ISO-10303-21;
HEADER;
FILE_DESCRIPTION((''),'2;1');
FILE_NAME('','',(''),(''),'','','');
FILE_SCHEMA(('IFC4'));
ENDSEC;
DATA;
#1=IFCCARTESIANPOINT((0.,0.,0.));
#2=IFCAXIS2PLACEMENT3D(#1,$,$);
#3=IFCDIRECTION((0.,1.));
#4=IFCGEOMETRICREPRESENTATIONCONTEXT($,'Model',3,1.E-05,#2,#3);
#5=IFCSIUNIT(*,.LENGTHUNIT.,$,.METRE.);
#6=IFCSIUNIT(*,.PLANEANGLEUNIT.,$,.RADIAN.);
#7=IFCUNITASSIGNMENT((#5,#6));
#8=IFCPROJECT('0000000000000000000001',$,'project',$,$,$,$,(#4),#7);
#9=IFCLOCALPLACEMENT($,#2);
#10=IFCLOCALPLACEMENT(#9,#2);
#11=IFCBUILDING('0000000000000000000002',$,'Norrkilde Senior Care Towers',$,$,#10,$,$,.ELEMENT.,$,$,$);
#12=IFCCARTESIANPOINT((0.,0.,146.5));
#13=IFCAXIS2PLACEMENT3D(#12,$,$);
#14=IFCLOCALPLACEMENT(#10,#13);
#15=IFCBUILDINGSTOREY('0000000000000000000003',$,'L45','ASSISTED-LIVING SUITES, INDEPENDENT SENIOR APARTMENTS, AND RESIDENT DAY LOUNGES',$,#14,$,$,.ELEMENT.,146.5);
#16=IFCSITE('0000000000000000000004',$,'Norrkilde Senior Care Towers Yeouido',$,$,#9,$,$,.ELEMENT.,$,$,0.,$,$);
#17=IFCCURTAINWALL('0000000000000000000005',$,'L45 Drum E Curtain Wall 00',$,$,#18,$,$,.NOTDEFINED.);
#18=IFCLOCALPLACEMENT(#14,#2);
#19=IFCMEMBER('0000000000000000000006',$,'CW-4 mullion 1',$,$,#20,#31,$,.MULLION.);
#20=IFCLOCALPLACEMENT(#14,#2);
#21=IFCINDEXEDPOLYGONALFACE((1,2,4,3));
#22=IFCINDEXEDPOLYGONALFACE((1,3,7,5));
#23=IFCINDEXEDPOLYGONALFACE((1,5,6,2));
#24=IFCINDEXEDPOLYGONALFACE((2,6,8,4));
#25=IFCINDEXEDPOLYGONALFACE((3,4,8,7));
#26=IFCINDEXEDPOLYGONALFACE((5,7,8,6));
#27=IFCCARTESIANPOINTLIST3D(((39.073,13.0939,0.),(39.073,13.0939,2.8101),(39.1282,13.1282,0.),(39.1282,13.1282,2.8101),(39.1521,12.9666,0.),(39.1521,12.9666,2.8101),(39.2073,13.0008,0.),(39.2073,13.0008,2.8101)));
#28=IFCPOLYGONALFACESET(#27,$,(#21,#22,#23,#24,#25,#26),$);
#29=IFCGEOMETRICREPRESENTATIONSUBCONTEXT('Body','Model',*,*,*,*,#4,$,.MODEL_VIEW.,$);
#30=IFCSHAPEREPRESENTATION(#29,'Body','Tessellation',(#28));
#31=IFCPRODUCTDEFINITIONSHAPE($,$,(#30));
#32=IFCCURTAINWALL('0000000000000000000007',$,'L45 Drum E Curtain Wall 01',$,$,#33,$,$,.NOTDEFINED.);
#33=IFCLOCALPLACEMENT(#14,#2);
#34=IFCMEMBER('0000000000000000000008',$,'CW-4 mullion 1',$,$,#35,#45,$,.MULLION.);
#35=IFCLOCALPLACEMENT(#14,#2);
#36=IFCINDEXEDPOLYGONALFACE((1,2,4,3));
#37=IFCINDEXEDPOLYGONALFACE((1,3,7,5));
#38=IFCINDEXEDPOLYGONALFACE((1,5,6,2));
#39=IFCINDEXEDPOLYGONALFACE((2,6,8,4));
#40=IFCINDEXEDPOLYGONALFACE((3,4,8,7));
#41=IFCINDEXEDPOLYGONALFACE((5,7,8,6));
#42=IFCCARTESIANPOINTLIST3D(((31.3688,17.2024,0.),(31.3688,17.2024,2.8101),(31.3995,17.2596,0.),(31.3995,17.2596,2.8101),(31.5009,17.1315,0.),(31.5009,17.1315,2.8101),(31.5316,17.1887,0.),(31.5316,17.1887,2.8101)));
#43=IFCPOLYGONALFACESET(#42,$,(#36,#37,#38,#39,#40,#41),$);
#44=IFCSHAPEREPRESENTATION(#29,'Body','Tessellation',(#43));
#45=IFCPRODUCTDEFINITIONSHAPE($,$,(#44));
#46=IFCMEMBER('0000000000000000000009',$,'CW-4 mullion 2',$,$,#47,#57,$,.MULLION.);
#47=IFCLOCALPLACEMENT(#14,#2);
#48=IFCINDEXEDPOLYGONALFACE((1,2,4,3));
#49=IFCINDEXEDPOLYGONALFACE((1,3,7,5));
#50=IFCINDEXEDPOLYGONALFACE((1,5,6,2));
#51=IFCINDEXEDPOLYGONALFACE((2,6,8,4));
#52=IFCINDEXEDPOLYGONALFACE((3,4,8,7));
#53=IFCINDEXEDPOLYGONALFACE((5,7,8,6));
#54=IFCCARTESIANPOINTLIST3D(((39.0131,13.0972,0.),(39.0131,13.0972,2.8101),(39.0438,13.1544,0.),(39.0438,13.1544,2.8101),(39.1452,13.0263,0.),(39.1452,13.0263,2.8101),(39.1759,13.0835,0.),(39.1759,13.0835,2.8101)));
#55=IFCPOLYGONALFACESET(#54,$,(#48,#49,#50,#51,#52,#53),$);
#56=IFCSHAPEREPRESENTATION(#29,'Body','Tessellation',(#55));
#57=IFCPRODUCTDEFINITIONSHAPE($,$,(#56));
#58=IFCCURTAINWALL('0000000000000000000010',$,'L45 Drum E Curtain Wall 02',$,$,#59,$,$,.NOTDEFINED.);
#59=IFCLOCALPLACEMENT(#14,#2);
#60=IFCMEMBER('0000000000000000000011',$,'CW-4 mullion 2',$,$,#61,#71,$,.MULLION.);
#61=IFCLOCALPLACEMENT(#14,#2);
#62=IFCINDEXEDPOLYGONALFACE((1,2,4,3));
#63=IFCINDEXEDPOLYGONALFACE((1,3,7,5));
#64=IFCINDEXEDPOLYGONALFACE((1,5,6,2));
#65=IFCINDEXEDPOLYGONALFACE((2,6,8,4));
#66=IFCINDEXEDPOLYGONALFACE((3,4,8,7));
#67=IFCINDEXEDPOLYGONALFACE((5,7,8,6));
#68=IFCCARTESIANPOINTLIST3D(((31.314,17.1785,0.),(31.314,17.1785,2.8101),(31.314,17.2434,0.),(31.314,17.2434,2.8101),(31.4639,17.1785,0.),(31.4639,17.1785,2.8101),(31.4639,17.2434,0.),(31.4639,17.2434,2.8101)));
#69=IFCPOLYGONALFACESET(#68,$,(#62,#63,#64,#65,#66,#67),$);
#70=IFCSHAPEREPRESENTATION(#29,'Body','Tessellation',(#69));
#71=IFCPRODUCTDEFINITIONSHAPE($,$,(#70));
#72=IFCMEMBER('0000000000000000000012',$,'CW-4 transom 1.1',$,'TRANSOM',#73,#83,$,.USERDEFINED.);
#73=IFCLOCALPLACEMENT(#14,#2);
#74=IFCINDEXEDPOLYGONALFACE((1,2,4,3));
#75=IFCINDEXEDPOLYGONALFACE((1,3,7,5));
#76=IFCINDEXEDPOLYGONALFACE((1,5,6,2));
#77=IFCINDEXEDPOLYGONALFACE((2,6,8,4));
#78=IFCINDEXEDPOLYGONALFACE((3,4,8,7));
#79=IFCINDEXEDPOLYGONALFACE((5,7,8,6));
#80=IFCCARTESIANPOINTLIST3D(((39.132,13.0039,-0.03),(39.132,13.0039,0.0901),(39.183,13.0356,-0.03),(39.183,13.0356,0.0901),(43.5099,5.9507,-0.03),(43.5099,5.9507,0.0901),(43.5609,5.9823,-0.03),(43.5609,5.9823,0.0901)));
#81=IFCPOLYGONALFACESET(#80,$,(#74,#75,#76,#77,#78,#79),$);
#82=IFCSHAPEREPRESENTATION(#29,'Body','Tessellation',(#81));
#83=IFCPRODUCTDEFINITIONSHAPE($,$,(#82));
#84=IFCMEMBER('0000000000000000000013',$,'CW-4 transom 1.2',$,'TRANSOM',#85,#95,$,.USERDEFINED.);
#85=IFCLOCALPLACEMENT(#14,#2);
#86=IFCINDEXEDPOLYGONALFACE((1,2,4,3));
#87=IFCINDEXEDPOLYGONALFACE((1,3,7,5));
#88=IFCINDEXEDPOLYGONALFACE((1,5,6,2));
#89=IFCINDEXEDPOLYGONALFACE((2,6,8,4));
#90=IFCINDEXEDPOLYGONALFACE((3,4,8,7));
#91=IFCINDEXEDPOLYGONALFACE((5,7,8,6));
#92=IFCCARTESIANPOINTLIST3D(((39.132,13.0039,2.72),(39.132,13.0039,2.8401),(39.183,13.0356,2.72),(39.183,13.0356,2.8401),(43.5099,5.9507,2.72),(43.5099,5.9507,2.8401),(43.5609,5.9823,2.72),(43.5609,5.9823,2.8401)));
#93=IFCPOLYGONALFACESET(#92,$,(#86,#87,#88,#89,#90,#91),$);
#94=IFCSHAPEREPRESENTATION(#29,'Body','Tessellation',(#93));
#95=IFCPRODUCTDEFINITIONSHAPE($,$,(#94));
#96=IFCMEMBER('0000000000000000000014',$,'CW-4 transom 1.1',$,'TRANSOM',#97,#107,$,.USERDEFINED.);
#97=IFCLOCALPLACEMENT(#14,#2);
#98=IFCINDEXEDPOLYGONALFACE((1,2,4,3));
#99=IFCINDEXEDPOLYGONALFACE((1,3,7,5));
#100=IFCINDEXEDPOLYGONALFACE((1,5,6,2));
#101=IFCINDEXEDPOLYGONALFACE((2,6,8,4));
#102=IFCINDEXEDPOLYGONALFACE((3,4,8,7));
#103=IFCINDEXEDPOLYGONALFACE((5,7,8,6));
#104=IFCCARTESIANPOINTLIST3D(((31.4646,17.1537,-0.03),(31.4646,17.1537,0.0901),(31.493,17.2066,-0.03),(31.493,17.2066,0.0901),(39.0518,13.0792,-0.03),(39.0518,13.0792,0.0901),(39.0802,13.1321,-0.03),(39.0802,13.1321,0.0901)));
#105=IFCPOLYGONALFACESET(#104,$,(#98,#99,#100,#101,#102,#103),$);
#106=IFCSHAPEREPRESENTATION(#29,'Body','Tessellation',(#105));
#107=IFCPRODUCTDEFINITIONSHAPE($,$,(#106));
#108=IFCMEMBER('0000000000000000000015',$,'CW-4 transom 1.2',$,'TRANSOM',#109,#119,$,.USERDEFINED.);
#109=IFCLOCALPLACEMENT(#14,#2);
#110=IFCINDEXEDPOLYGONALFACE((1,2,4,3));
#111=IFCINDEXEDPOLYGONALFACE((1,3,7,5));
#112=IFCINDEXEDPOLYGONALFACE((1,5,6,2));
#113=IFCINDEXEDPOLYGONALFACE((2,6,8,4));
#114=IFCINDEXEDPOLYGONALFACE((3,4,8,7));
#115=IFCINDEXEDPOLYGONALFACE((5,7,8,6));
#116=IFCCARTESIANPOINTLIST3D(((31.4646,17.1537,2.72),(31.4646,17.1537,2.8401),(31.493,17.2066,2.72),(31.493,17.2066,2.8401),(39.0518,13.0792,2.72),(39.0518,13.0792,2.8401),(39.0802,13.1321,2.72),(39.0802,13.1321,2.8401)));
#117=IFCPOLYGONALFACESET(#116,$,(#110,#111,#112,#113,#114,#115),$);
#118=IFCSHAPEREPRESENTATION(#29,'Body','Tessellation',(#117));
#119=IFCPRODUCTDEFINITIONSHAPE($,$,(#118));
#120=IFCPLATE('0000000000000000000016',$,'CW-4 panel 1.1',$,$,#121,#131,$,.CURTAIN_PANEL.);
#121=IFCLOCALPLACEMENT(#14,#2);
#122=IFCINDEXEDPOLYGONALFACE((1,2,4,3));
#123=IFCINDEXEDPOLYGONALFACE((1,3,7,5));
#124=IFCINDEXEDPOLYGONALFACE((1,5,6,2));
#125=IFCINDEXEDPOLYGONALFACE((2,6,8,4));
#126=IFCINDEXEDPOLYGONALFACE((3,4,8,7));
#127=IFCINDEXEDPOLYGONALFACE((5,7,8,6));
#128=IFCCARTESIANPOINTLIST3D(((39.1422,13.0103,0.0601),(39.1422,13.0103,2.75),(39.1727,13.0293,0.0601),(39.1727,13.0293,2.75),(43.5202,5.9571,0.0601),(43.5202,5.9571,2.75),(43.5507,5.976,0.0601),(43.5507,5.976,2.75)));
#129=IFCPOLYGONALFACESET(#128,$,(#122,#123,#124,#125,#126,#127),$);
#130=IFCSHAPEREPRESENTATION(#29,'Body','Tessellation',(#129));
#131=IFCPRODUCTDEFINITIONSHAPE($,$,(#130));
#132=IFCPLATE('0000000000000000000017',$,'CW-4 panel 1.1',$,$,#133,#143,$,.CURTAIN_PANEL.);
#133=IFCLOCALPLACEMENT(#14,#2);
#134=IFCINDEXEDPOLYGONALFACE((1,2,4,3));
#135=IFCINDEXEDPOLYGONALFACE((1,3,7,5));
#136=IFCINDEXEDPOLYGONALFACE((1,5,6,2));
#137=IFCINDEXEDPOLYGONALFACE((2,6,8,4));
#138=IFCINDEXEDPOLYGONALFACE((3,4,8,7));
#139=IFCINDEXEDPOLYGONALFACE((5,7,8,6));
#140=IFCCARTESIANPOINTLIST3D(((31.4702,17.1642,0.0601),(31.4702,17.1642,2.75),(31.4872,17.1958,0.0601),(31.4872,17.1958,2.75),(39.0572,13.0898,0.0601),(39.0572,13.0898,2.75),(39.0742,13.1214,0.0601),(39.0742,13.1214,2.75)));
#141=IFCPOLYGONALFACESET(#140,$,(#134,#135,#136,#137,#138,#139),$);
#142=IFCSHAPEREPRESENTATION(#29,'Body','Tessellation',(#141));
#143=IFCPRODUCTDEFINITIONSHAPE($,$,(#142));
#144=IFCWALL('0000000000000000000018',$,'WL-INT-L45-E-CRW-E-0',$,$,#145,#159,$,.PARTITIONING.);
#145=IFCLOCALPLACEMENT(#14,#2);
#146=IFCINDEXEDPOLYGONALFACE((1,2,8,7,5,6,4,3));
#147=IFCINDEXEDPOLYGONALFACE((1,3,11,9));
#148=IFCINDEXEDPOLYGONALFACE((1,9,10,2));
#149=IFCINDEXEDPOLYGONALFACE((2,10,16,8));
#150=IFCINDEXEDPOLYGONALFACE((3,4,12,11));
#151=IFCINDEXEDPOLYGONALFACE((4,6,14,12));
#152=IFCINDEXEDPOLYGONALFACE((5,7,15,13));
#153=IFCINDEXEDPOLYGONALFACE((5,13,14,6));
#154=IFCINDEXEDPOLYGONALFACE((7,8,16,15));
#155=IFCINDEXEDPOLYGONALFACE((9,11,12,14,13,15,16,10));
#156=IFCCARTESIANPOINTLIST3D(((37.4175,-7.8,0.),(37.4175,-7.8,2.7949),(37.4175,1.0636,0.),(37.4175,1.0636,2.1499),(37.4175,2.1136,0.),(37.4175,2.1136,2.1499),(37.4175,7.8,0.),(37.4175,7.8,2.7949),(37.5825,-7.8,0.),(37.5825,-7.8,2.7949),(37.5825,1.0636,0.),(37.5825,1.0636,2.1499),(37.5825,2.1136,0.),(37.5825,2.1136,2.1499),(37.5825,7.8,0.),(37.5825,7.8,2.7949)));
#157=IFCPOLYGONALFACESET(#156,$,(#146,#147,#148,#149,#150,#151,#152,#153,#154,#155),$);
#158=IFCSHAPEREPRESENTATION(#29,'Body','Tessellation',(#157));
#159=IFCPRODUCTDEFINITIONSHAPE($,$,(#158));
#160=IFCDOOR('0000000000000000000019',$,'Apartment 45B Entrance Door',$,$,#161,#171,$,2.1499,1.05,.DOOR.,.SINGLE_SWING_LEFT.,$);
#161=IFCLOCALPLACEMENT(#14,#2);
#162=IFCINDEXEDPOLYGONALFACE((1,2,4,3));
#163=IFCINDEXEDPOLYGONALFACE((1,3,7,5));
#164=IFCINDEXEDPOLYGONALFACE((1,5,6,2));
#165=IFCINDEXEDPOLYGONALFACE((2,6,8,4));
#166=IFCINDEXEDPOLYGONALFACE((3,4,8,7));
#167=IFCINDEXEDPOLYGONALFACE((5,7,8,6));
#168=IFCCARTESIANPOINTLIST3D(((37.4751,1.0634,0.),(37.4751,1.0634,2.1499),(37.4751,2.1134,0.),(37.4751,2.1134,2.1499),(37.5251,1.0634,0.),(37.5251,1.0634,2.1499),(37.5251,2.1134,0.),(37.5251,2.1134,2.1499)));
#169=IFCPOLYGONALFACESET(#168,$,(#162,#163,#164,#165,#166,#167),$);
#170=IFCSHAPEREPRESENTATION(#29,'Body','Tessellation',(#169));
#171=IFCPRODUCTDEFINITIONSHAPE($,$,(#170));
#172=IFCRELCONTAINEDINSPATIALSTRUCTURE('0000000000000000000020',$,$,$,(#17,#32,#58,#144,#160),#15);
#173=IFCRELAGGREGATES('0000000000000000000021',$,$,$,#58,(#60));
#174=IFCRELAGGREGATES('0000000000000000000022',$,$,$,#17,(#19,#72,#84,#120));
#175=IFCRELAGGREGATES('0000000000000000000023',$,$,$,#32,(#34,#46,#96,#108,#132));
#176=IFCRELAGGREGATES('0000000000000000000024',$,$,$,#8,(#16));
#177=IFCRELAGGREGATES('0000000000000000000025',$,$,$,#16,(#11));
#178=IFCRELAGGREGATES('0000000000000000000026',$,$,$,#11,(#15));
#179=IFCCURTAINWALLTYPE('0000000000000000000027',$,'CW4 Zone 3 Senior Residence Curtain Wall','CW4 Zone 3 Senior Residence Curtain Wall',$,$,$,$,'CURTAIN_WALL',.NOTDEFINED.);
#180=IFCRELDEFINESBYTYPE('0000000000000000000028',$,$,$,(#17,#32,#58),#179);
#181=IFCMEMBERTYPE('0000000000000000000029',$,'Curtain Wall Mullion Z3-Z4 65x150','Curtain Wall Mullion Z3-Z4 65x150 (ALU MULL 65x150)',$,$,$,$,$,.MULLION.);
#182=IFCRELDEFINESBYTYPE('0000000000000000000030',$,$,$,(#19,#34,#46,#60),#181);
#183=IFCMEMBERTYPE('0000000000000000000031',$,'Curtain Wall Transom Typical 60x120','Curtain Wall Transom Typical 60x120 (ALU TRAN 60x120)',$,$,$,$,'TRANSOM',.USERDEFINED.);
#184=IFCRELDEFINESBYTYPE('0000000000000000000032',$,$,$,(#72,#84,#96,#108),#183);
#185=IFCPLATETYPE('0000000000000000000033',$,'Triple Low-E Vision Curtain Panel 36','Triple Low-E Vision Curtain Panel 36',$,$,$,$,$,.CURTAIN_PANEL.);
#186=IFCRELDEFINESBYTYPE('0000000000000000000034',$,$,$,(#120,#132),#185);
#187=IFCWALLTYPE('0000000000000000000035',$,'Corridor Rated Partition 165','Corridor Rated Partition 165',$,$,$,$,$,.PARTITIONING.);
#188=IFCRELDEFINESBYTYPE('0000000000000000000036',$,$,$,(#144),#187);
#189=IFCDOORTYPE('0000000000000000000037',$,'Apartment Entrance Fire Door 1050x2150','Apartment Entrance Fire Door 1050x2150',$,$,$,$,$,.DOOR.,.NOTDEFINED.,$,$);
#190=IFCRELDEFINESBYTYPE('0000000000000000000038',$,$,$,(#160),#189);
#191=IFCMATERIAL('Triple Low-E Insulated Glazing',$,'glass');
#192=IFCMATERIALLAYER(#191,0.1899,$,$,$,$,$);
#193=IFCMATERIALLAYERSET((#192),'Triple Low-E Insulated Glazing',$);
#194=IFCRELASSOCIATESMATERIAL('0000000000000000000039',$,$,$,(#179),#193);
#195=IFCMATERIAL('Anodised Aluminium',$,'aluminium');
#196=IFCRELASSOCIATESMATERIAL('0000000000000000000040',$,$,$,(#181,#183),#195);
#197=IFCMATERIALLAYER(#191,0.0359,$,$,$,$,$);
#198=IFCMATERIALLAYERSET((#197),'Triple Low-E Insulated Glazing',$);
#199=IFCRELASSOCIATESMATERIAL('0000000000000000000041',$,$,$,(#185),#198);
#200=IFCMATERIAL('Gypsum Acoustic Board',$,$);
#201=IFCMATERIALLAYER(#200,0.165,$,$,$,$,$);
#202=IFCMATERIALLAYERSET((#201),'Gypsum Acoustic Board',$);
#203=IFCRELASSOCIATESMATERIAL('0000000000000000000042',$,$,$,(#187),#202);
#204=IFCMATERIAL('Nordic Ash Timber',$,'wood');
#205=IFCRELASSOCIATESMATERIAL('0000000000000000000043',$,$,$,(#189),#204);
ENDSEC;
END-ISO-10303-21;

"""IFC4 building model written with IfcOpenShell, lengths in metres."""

from ifc_helpers import new_model, si_unit, direction, frame, frame_2d, origin, origin_2d, place, context, subcontext, project, spatial, rectangle, extrude, source, transform, mapped, material, layer, layer_set, material_profile, profile_set, type_object, type_shapes, element, fill, aggregate, save


model = new_model("IFC4")

# Units and contexts
model_context = context("Model", 3, precision=1e-05, world=origin(), true_north=direction((0.0, 1.0)))
body_context = subcontext(model_context, "Body", "Model", "MODEL_VIEW")
ifc_project = project(units=[si_unit("LENGTHUNIT", "METRE"), si_unit("PLANEANGLEUNIT", "RADIAN")], contexts=[model_context])

# Site, building, storey
site_placement = place(None, origin())
site = spatial("IfcSite", under=ifc_project, at=site_placement, Name="Norrkilde Senior Care Towers Yeouido", CompositionType="ELEMENT", RefElevation=0.0)
building_placement = place(site_placement, origin())
building = spatial("IfcBuilding", under=site, at=building_placement, Name="Norrkilde Senior Care Towers", CompositionType="ELEMENT")
storey_placement = place(building_placement, frame((0.0, 0.0, 146.5)))
storey = spatial("IfcBuildingStorey", under=building, at=storey_placement, Name="L45", Description="ASSISTED-LIVING SUITES, INDEPENDENT SENIOR APARTMENTS, AND RESIDENT DAY LOUNGES", CompositionType="ELEMENT", Elevation=146.5)

# Curtain wall, member
ifc_material_1 = material(Name="Triple Low-E Insulated Glazing", Category="glass")
ifc_layer_1 = layer(ifc_material_1, 0.1899)
ifc_layer_set_1 = layer_set([ifc_layer_1], Name="Triple Low-E Insulated Glazing")
curtain_wall_type = type_object("IfcCurtainWallType", Name="CW4 Zone 3 Senior Residence Curtain Wall", Description="CW4 Zone 3 Senior Residence Curtain Wall", ElementType="CURTAIN_WALL", PredefinedType="NOTDEFINED", material=ifc_layer_set_1)
curtain_wall_1_placement = place(storey_placement, origin())
curtain_wall_1 = element("IfcCurtainWall", 1, at=curtain_wall_1_placement, inside=storey, type_object=curtain_wall_type, Name="L45 Drum E Curtain Wall 00", PredefinedType="NOTDEFINED")
ifc_material_2 = material(Name="Anodised Aluminium", Category="aluminium")
ifc_material_profile_1 = material_profile(ifc_material_2, rectangle(XDim=0.0649, YDim=0.1499, at=origin_2d()), Name="ALU MULL 65x150")
ifc_profile_set_1 = profile_set([ifc_material_profile_1], Name="Anodised Aluminium")
member_type_1 = type_object("IfcMemberType", Name="Curtain Wall Mullion Z3-Z4 65x150", Description="Curtain Wall Mullion Z3-Z4 65x150 (ALU MULL 65x150)", PredefinedType="MULLION", material=ifc_profile_set_1)
shared_shape_1 = source(origin(), body_context, "Body", "SweptSolid", [
    extrude(rectangle(XDim=0.0649, YDim=0.1499, at=origin_2d()), origin(), (0.0, 0.0, 1.0), 2.8101),
])
type_shapes(member_type_1, [shared_shape_1])
member_1_placement = place(storey_placement, frame((39.1401, 13.0474, 0.0), z_axis=(0.0, 0.0, 1.0), x_axis=(0.849634, 0.527373, 0.0)))
member_1 = element("IfcMember", 2, at=member_1_placement, type_object=member_type_1, Name="CW-4 mullion 1", PredefinedType="MULLION", context=body_context, shape_type="MappedRepresentation", body=[
    mapped(shared_shape_1, transform((0.0, 0.0, 0.0), x_axis=(1.0, 0.0, 0.0), y_axis=(0.0, 1.0, 0.0), z_axis=(0.0, 0.0, 1.0), scale=1.0)),
])

# Curtain wall, members
curtain_wall_2_placement = place(storey_placement, origin())
curtain_wall_2 = element("IfcCurtainWall", 3, at=curtain_wall_2_placement, inside=storey, type_object=curtain_wall_type, Name="L45 Drum E Curtain Wall 01", PredefinedType="NOTDEFINED")
member_2_placement = place(storey_placement, frame((31.4502, 17.1956, 0.0), z_axis=(0.0, 0.0, 1.0), x_axis=(0.473117, 0.881, 0.0)))
member_2 = element("IfcMember", 4, at=member_2_placement, type_object=member_type_1, Name="CW-4 mullion 1", PredefinedType="MULLION", context=body_context, shape_type="MappedRepresentation", body=[
    mapped(shared_shape_1, transform((0.0, 0.0, 0.0), x_axis=(1.0, 0.0, 0.0), y_axis=(0.0, 1.0, 0.0), z_axis=(0.0, 0.0, 1.0), scale=1.0)),
])
member_3_placement = place(storey_placement, frame((39.0945, 13.0903, 0.0), z_axis=(0.0, 0.0, 1.0), x_axis=(0.473117, 0.881, 0.0)))
member_3 = element("IfcMember", 5, at=member_3_placement, type_object=member_type_1, Name="CW-4 mullion 2", PredefinedType="MULLION", context=body_context, shape_type="MappedRepresentation", body=[
    mapped(shared_shape_1, transform((0.0, 0.0, 0.0), x_axis=(1.0, 0.0, 0.0), y_axis=(0.0, 1.0, 0.0), z_axis=(0.0, 0.0, 1.0), scale=1.0)),
])

# Curtain wall, member
curtain_wall_3_placement = place(storey_placement, origin())
curtain_wall_3 = element("IfcCurtainWall", 6, at=curtain_wall_3_placement, inside=storey, type_object=curtain_wall_type, Name="L45 Drum E Curtain Wall 02", PredefinedType="NOTDEFINED")
member_4_placement = place(storey_placement, frame((31.3889, 17.2109, 0.0), z_axis=(0.0, 0.0, 1.0), x_axis=(0.0, 1.0, 0.0)))
member_4 = element("IfcMember", 7, at=member_4_placement, type_object=member_type_1, Name="CW-4 mullion 2", PredefinedType="MULLION", context=body_context, shape_type="MappedRepresentation", body=[
    mapped(shared_shape_1, transform((0.0, 0.0, 0.0), x_axis=(1.0, 0.0, 0.0), y_axis=(0.0, 1.0, 0.0), z_axis=(0.0, 0.0, 1.0), scale=1.0)),
])
aggregate(curtain_wall_3, [member_4])

# Members
ifc_material_profile_2 = material_profile(ifc_material_2, rectangle(XDim=0.0601, YDim=0.1201, at=origin_2d()), Name="ALU TRAN 60x120")
ifc_profile_set_2 = profile_set([ifc_material_profile_2], Name="Anodised Aluminium")
member_type_2 = type_object("IfcMemberType", Name="Curtain Wall Transom Typical 60x120", Description="Curtain Wall Transom Typical 60x120 (ALU TRAN 60x120)", ElementType="TRANSOM", PredefinedType="USERDEFINED", material=ifc_profile_set_2)
shared_shape_2 = source(origin(), body_context, "Body", "SweptSolid", [
    extrude(rectangle(XDim=0.0601, YDim=0.1201, at=origin_2d()), origin(), (0.0, 0.0, 1.0), 8.3015),
])
member_5_placement = place(storey_placement, frame((39.1575, 13.0198, 0.03), z_axis=(0.527369, -0.849637, 0.0), x_axis=(0.849637, 0.527369, 0.0)))
member_5 = element("IfcMember", 8, at=member_5_placement, type_object=member_type_2, Name="CW-4 transom 1.1", ObjectType="TRANSOM", PredefinedType="USERDEFINED", context=body_context, shape_type="MappedRepresentation", body=[
    mapped(shared_shape_2, transform((0.0, 0.0, 0.0), x_axis=(1.0, 0.0, 0.0), y_axis=(0.0, 1.0, 0.0), z_axis=(0.0, 0.0, 1.0), scale=1.0)),
])
member_6_placement = place(storey_placement, frame((39.1575, 13.0198, 2.78), z_axis=(0.527369, -0.849637, 0.0), x_axis=(0.849637, 0.527369, 0.0)))
member_6 = element("IfcMember", 9, at=member_6_placement, type_object=member_type_2, Name="CW-4 transom 1.2", ObjectType="TRANSOM", PredefinedType="USERDEFINED", context=body_context, shape_type="MappedRepresentation", body=[
    mapped(shared_shape_2, transform((0.0, 0.0, 0.0), x_axis=(1.0, 0.0, 0.0), y_axis=(0.0, 1.0, 0.0), z_axis=(0.0, 0.0, 1.0), scale=1.0)),
])
shared_shape_3 = source(origin(), body_context, "Body", "SweptSolid", [
    extrude(rectangle(XDim=0.0601, YDim=0.1201, at=origin_2d()), origin(), (0.0, 0.0, 1.0), 8.6121),
])
type_shapes(member_type_2, [shared_shape_2, shared_shape_3])
member_7_placement = place(storey_placement, frame((31.4788, 17.1802, 0.03), z_axis=(0.881, -0.473116, 0.0), x_axis=(0.473116, 0.881, 0.0)))
member_7 = element("IfcMember", 10, at=member_7_placement, type_object=member_type_2, Name="CW-4 transom 1.1", ObjectType="TRANSOM", PredefinedType="USERDEFINED", context=body_context, shape_type="MappedRepresentation", body=[
    mapped(shared_shape_3, transform((0.0, 0.0, 0.0), x_axis=(1.0, 0.0, 0.0), y_axis=(0.0, 1.0, 0.0), z_axis=(0.0, 0.0, 1.0), scale=1.0)),
])
member_8_placement = place(storey_placement, frame((31.4788, 17.1802, 2.78), z_axis=(0.881, -0.473116, 0.0), x_axis=(0.473116, 0.881, 0.0)))
member_8 = element("IfcMember", 11, at=member_8_placement, type_object=member_type_2, Name="CW-4 transom 1.2", ObjectType="TRANSOM", PredefinedType="USERDEFINED", context=body_context, shape_type="MappedRepresentation", body=[
    mapped(shared_shape_3, transform((0.0, 0.0, 0.0), x_axis=(1.0, 0.0, 0.0), y_axis=(0.0, 1.0, 0.0), z_axis=(0.0, 0.0, 1.0), scale=1.0)),
])

# Plates
ifc_layer_2 = layer(ifc_material_1, 0.0359)
ifc_layer_set_2 = layer_set([ifc_layer_2], Name="Triple Low-E Insulated Glazing")
plate_type = type_object("IfcPlateType", Name="Triple Low-E Vision Curtain Panel 36", Description="Triple Low-E Vision Curtain Panel 36", PredefinedType="CURTAIN_PANEL", material=ifc_layer_set_2)
shared_shape_4 = source(origin(), body_context, "Body", "SweptSolid", [
    extrude(rectangle(XDim=8.3015, YDim=0.0359, at=origin_2d()), origin(), (0.0, 0.0, 1.0), 2.6899),
])
plate_1_placement = place(storey_placement, frame((41.3464, 9.4932, 0.0601), z_axis=(0.0, 0.0, 1.0), x_axis=(0.527373, -0.849634, 0.0)))
plate_1 = element("IfcPlate", 12, at=plate_1_placement, type_object=plate_type, Name="CW-4 panel 1.1", PredefinedType="CURTAIN_PANEL", context=body_context, shape_type="MappedRepresentation", body=[
    mapped(shared_shape_4, transform((0.0, 0.0, 0.0), x_axis=(1.0, 0.0, 0.0), y_axis=(0.0, 1.0, 0.0), z_axis=(0.0, 0.0, 1.0), scale=1.0)),
])
aggregate(curtain_wall_1, [member_1, member_5, member_6, plate_1])
shared_shape_5 = source(origin(), body_context, "Body", "SweptSolid", [
    extrude(rectangle(XDim=8.6118, YDim=0.0359, at=origin_2d()), origin(), (0.0, 0.0, 1.0), 2.6899),
])
type_shapes(plate_type, [shared_shape_4, shared_shape_5])
plate_2_placement = place(storey_placement, frame((35.2722, 15.1428, 0.0601), z_axis=(0.0, 0.0, 1.0), x_axis=(0.881, -0.473117, 0.0)))
plate_2 = element("IfcPlate", 13, at=plate_2_placement, type_object=plate_type, Name="CW-4 panel 1.1", PredefinedType="CURTAIN_PANEL", context=body_context, shape_type="MappedRepresentation", body=[
    mapped(shared_shape_5, transform((0.0, 0.0, 0.0), x_axis=(1.0, 0.0, 0.0), y_axis=(0.0, 1.0, 0.0), z_axis=(0.0, 0.0, 1.0), scale=1.0)),
])
aggregate(curtain_wall_2, [member_2, member_3, member_7, member_8, plate_2])

# Wall, opening, door
ifc_material_3 = material(Name="Gypsum Acoustic Board")
ifc_layer_3 = layer(ifc_material_3, 0.165)
ifc_layer_set_3 = layer_set([ifc_layer_3], Name="Gypsum Acoustic Board")
wall_type_1 = type_object("IfcWallType", Name="Corridor Rated Partition 165", Description="Corridor Rated Partition 165", PredefinedType="PARTITIONING", material=ifc_layer_set_3)
shared_shape_6 = source(origin(), body_context, "Body", "SweptSolid", [
    extrude(rectangle(XDim=15.6001, YDim=0.165, at=frame_2d((7.8, 0.0))), origin(), (0.0, 0.0, 1.0), 2.7949),
])
wall_1_placement = place(storey_placement, frame((37.5, 7.8, 0.0), z_axis=(0.0, 0.0, 1.0), x_axis=(0.0, -1.0, 0.0)))
wall_1 = element("IfcWall", 14, at=wall_1_placement, inside=storey, type_object=wall_type_1, Name="WL-INT-L45-E-CRW-E-0", PredefinedType="PARTITIONING", context=body_context, shape_type="MappedRepresentation", body=[
    mapped(shared_shape_6, transform((0.0, 0.0, 0.0), x_axis=(1.0, 0.0, 0.0), y_axis=(0.0, 1.0, 0.0), z_axis=(0.0, 0.0, 1.0), scale=1.0)),
])
opening_1_placement = place(wall_1_placement, frame((5.6865, 0.0, 0.0)))
opening_1 = element("IfcOpeningElement", 15, at=opening_1_placement, cuts=wall_1, PredefinedType="OPENING", context=body_context, shape_type="SweptSolid", body=[
    extrude(rectangle(XDim=1.05, YDim=2.1499, at=frame_2d((0.5249, 1.075))), frame((0.0, 0.0925, 0.0), z_axis=(0.0, -1.0, 0.0), x_axis=(1.0, 0.0, 0.0)), (0.0, 0.0, 1.0), 0.1851),
])
ifc_material_4 = material(Name="Nordic Ash Timber", Category="wood")
door_type_1 = type_object("IfcDoorType", Name="Apartment Entrance Fire Door 1050x2150", Description="Apartment Entrance Fire Door 1050x2150", OperationType="NOTDEFINED", PredefinedType="DOOR", material=ifc_material_4)
shared_shape_7 = source(origin(), body_context, "Body", "SweptSolid", [
    extrude(rectangle(XDim=1.05, YDim=2.1499, at=frame_2d((0.5249, 1.075))), frame((0.0, 0.0249, 0.0), z_axis=(0.0, -1.0, 0.0), x_axis=(1.0, 0.0, 0.0)), (0.0, 0.0, 1.0), 0.05),
])
type_shapes(door_type_1, [shared_shape_7])
door_1_placement = place(opening_1_placement, frame((1.05, 0.0, 0.0), z_axis=(0.0, 0.0, 1.0), x_axis=(-1.0, 0.0, 0.0)))
door_1 = element("IfcDoor", 16, at=door_1_placement, inside=storey, type_object=door_type_1, Name="Apartment 45B Entrance Door", OperationType="SINGLE_SWING_LEFT", OverallHeight=2.1499, OverallWidth=1.05, PredefinedType="DOOR", context=body_context, shape_type="MappedRepresentation", body=[
    mapped(shared_shape_7, transform((0.0, 0.0, 0.0), x_axis=(1.0, 0.0, 0.0), y_axis=(0.0, 1.0, 0.0), z_axis=(0.0, 0.0, 1.0), scale=1.0)),
])
fill(opening_1, door_1)

save(model, "model.ifc")
